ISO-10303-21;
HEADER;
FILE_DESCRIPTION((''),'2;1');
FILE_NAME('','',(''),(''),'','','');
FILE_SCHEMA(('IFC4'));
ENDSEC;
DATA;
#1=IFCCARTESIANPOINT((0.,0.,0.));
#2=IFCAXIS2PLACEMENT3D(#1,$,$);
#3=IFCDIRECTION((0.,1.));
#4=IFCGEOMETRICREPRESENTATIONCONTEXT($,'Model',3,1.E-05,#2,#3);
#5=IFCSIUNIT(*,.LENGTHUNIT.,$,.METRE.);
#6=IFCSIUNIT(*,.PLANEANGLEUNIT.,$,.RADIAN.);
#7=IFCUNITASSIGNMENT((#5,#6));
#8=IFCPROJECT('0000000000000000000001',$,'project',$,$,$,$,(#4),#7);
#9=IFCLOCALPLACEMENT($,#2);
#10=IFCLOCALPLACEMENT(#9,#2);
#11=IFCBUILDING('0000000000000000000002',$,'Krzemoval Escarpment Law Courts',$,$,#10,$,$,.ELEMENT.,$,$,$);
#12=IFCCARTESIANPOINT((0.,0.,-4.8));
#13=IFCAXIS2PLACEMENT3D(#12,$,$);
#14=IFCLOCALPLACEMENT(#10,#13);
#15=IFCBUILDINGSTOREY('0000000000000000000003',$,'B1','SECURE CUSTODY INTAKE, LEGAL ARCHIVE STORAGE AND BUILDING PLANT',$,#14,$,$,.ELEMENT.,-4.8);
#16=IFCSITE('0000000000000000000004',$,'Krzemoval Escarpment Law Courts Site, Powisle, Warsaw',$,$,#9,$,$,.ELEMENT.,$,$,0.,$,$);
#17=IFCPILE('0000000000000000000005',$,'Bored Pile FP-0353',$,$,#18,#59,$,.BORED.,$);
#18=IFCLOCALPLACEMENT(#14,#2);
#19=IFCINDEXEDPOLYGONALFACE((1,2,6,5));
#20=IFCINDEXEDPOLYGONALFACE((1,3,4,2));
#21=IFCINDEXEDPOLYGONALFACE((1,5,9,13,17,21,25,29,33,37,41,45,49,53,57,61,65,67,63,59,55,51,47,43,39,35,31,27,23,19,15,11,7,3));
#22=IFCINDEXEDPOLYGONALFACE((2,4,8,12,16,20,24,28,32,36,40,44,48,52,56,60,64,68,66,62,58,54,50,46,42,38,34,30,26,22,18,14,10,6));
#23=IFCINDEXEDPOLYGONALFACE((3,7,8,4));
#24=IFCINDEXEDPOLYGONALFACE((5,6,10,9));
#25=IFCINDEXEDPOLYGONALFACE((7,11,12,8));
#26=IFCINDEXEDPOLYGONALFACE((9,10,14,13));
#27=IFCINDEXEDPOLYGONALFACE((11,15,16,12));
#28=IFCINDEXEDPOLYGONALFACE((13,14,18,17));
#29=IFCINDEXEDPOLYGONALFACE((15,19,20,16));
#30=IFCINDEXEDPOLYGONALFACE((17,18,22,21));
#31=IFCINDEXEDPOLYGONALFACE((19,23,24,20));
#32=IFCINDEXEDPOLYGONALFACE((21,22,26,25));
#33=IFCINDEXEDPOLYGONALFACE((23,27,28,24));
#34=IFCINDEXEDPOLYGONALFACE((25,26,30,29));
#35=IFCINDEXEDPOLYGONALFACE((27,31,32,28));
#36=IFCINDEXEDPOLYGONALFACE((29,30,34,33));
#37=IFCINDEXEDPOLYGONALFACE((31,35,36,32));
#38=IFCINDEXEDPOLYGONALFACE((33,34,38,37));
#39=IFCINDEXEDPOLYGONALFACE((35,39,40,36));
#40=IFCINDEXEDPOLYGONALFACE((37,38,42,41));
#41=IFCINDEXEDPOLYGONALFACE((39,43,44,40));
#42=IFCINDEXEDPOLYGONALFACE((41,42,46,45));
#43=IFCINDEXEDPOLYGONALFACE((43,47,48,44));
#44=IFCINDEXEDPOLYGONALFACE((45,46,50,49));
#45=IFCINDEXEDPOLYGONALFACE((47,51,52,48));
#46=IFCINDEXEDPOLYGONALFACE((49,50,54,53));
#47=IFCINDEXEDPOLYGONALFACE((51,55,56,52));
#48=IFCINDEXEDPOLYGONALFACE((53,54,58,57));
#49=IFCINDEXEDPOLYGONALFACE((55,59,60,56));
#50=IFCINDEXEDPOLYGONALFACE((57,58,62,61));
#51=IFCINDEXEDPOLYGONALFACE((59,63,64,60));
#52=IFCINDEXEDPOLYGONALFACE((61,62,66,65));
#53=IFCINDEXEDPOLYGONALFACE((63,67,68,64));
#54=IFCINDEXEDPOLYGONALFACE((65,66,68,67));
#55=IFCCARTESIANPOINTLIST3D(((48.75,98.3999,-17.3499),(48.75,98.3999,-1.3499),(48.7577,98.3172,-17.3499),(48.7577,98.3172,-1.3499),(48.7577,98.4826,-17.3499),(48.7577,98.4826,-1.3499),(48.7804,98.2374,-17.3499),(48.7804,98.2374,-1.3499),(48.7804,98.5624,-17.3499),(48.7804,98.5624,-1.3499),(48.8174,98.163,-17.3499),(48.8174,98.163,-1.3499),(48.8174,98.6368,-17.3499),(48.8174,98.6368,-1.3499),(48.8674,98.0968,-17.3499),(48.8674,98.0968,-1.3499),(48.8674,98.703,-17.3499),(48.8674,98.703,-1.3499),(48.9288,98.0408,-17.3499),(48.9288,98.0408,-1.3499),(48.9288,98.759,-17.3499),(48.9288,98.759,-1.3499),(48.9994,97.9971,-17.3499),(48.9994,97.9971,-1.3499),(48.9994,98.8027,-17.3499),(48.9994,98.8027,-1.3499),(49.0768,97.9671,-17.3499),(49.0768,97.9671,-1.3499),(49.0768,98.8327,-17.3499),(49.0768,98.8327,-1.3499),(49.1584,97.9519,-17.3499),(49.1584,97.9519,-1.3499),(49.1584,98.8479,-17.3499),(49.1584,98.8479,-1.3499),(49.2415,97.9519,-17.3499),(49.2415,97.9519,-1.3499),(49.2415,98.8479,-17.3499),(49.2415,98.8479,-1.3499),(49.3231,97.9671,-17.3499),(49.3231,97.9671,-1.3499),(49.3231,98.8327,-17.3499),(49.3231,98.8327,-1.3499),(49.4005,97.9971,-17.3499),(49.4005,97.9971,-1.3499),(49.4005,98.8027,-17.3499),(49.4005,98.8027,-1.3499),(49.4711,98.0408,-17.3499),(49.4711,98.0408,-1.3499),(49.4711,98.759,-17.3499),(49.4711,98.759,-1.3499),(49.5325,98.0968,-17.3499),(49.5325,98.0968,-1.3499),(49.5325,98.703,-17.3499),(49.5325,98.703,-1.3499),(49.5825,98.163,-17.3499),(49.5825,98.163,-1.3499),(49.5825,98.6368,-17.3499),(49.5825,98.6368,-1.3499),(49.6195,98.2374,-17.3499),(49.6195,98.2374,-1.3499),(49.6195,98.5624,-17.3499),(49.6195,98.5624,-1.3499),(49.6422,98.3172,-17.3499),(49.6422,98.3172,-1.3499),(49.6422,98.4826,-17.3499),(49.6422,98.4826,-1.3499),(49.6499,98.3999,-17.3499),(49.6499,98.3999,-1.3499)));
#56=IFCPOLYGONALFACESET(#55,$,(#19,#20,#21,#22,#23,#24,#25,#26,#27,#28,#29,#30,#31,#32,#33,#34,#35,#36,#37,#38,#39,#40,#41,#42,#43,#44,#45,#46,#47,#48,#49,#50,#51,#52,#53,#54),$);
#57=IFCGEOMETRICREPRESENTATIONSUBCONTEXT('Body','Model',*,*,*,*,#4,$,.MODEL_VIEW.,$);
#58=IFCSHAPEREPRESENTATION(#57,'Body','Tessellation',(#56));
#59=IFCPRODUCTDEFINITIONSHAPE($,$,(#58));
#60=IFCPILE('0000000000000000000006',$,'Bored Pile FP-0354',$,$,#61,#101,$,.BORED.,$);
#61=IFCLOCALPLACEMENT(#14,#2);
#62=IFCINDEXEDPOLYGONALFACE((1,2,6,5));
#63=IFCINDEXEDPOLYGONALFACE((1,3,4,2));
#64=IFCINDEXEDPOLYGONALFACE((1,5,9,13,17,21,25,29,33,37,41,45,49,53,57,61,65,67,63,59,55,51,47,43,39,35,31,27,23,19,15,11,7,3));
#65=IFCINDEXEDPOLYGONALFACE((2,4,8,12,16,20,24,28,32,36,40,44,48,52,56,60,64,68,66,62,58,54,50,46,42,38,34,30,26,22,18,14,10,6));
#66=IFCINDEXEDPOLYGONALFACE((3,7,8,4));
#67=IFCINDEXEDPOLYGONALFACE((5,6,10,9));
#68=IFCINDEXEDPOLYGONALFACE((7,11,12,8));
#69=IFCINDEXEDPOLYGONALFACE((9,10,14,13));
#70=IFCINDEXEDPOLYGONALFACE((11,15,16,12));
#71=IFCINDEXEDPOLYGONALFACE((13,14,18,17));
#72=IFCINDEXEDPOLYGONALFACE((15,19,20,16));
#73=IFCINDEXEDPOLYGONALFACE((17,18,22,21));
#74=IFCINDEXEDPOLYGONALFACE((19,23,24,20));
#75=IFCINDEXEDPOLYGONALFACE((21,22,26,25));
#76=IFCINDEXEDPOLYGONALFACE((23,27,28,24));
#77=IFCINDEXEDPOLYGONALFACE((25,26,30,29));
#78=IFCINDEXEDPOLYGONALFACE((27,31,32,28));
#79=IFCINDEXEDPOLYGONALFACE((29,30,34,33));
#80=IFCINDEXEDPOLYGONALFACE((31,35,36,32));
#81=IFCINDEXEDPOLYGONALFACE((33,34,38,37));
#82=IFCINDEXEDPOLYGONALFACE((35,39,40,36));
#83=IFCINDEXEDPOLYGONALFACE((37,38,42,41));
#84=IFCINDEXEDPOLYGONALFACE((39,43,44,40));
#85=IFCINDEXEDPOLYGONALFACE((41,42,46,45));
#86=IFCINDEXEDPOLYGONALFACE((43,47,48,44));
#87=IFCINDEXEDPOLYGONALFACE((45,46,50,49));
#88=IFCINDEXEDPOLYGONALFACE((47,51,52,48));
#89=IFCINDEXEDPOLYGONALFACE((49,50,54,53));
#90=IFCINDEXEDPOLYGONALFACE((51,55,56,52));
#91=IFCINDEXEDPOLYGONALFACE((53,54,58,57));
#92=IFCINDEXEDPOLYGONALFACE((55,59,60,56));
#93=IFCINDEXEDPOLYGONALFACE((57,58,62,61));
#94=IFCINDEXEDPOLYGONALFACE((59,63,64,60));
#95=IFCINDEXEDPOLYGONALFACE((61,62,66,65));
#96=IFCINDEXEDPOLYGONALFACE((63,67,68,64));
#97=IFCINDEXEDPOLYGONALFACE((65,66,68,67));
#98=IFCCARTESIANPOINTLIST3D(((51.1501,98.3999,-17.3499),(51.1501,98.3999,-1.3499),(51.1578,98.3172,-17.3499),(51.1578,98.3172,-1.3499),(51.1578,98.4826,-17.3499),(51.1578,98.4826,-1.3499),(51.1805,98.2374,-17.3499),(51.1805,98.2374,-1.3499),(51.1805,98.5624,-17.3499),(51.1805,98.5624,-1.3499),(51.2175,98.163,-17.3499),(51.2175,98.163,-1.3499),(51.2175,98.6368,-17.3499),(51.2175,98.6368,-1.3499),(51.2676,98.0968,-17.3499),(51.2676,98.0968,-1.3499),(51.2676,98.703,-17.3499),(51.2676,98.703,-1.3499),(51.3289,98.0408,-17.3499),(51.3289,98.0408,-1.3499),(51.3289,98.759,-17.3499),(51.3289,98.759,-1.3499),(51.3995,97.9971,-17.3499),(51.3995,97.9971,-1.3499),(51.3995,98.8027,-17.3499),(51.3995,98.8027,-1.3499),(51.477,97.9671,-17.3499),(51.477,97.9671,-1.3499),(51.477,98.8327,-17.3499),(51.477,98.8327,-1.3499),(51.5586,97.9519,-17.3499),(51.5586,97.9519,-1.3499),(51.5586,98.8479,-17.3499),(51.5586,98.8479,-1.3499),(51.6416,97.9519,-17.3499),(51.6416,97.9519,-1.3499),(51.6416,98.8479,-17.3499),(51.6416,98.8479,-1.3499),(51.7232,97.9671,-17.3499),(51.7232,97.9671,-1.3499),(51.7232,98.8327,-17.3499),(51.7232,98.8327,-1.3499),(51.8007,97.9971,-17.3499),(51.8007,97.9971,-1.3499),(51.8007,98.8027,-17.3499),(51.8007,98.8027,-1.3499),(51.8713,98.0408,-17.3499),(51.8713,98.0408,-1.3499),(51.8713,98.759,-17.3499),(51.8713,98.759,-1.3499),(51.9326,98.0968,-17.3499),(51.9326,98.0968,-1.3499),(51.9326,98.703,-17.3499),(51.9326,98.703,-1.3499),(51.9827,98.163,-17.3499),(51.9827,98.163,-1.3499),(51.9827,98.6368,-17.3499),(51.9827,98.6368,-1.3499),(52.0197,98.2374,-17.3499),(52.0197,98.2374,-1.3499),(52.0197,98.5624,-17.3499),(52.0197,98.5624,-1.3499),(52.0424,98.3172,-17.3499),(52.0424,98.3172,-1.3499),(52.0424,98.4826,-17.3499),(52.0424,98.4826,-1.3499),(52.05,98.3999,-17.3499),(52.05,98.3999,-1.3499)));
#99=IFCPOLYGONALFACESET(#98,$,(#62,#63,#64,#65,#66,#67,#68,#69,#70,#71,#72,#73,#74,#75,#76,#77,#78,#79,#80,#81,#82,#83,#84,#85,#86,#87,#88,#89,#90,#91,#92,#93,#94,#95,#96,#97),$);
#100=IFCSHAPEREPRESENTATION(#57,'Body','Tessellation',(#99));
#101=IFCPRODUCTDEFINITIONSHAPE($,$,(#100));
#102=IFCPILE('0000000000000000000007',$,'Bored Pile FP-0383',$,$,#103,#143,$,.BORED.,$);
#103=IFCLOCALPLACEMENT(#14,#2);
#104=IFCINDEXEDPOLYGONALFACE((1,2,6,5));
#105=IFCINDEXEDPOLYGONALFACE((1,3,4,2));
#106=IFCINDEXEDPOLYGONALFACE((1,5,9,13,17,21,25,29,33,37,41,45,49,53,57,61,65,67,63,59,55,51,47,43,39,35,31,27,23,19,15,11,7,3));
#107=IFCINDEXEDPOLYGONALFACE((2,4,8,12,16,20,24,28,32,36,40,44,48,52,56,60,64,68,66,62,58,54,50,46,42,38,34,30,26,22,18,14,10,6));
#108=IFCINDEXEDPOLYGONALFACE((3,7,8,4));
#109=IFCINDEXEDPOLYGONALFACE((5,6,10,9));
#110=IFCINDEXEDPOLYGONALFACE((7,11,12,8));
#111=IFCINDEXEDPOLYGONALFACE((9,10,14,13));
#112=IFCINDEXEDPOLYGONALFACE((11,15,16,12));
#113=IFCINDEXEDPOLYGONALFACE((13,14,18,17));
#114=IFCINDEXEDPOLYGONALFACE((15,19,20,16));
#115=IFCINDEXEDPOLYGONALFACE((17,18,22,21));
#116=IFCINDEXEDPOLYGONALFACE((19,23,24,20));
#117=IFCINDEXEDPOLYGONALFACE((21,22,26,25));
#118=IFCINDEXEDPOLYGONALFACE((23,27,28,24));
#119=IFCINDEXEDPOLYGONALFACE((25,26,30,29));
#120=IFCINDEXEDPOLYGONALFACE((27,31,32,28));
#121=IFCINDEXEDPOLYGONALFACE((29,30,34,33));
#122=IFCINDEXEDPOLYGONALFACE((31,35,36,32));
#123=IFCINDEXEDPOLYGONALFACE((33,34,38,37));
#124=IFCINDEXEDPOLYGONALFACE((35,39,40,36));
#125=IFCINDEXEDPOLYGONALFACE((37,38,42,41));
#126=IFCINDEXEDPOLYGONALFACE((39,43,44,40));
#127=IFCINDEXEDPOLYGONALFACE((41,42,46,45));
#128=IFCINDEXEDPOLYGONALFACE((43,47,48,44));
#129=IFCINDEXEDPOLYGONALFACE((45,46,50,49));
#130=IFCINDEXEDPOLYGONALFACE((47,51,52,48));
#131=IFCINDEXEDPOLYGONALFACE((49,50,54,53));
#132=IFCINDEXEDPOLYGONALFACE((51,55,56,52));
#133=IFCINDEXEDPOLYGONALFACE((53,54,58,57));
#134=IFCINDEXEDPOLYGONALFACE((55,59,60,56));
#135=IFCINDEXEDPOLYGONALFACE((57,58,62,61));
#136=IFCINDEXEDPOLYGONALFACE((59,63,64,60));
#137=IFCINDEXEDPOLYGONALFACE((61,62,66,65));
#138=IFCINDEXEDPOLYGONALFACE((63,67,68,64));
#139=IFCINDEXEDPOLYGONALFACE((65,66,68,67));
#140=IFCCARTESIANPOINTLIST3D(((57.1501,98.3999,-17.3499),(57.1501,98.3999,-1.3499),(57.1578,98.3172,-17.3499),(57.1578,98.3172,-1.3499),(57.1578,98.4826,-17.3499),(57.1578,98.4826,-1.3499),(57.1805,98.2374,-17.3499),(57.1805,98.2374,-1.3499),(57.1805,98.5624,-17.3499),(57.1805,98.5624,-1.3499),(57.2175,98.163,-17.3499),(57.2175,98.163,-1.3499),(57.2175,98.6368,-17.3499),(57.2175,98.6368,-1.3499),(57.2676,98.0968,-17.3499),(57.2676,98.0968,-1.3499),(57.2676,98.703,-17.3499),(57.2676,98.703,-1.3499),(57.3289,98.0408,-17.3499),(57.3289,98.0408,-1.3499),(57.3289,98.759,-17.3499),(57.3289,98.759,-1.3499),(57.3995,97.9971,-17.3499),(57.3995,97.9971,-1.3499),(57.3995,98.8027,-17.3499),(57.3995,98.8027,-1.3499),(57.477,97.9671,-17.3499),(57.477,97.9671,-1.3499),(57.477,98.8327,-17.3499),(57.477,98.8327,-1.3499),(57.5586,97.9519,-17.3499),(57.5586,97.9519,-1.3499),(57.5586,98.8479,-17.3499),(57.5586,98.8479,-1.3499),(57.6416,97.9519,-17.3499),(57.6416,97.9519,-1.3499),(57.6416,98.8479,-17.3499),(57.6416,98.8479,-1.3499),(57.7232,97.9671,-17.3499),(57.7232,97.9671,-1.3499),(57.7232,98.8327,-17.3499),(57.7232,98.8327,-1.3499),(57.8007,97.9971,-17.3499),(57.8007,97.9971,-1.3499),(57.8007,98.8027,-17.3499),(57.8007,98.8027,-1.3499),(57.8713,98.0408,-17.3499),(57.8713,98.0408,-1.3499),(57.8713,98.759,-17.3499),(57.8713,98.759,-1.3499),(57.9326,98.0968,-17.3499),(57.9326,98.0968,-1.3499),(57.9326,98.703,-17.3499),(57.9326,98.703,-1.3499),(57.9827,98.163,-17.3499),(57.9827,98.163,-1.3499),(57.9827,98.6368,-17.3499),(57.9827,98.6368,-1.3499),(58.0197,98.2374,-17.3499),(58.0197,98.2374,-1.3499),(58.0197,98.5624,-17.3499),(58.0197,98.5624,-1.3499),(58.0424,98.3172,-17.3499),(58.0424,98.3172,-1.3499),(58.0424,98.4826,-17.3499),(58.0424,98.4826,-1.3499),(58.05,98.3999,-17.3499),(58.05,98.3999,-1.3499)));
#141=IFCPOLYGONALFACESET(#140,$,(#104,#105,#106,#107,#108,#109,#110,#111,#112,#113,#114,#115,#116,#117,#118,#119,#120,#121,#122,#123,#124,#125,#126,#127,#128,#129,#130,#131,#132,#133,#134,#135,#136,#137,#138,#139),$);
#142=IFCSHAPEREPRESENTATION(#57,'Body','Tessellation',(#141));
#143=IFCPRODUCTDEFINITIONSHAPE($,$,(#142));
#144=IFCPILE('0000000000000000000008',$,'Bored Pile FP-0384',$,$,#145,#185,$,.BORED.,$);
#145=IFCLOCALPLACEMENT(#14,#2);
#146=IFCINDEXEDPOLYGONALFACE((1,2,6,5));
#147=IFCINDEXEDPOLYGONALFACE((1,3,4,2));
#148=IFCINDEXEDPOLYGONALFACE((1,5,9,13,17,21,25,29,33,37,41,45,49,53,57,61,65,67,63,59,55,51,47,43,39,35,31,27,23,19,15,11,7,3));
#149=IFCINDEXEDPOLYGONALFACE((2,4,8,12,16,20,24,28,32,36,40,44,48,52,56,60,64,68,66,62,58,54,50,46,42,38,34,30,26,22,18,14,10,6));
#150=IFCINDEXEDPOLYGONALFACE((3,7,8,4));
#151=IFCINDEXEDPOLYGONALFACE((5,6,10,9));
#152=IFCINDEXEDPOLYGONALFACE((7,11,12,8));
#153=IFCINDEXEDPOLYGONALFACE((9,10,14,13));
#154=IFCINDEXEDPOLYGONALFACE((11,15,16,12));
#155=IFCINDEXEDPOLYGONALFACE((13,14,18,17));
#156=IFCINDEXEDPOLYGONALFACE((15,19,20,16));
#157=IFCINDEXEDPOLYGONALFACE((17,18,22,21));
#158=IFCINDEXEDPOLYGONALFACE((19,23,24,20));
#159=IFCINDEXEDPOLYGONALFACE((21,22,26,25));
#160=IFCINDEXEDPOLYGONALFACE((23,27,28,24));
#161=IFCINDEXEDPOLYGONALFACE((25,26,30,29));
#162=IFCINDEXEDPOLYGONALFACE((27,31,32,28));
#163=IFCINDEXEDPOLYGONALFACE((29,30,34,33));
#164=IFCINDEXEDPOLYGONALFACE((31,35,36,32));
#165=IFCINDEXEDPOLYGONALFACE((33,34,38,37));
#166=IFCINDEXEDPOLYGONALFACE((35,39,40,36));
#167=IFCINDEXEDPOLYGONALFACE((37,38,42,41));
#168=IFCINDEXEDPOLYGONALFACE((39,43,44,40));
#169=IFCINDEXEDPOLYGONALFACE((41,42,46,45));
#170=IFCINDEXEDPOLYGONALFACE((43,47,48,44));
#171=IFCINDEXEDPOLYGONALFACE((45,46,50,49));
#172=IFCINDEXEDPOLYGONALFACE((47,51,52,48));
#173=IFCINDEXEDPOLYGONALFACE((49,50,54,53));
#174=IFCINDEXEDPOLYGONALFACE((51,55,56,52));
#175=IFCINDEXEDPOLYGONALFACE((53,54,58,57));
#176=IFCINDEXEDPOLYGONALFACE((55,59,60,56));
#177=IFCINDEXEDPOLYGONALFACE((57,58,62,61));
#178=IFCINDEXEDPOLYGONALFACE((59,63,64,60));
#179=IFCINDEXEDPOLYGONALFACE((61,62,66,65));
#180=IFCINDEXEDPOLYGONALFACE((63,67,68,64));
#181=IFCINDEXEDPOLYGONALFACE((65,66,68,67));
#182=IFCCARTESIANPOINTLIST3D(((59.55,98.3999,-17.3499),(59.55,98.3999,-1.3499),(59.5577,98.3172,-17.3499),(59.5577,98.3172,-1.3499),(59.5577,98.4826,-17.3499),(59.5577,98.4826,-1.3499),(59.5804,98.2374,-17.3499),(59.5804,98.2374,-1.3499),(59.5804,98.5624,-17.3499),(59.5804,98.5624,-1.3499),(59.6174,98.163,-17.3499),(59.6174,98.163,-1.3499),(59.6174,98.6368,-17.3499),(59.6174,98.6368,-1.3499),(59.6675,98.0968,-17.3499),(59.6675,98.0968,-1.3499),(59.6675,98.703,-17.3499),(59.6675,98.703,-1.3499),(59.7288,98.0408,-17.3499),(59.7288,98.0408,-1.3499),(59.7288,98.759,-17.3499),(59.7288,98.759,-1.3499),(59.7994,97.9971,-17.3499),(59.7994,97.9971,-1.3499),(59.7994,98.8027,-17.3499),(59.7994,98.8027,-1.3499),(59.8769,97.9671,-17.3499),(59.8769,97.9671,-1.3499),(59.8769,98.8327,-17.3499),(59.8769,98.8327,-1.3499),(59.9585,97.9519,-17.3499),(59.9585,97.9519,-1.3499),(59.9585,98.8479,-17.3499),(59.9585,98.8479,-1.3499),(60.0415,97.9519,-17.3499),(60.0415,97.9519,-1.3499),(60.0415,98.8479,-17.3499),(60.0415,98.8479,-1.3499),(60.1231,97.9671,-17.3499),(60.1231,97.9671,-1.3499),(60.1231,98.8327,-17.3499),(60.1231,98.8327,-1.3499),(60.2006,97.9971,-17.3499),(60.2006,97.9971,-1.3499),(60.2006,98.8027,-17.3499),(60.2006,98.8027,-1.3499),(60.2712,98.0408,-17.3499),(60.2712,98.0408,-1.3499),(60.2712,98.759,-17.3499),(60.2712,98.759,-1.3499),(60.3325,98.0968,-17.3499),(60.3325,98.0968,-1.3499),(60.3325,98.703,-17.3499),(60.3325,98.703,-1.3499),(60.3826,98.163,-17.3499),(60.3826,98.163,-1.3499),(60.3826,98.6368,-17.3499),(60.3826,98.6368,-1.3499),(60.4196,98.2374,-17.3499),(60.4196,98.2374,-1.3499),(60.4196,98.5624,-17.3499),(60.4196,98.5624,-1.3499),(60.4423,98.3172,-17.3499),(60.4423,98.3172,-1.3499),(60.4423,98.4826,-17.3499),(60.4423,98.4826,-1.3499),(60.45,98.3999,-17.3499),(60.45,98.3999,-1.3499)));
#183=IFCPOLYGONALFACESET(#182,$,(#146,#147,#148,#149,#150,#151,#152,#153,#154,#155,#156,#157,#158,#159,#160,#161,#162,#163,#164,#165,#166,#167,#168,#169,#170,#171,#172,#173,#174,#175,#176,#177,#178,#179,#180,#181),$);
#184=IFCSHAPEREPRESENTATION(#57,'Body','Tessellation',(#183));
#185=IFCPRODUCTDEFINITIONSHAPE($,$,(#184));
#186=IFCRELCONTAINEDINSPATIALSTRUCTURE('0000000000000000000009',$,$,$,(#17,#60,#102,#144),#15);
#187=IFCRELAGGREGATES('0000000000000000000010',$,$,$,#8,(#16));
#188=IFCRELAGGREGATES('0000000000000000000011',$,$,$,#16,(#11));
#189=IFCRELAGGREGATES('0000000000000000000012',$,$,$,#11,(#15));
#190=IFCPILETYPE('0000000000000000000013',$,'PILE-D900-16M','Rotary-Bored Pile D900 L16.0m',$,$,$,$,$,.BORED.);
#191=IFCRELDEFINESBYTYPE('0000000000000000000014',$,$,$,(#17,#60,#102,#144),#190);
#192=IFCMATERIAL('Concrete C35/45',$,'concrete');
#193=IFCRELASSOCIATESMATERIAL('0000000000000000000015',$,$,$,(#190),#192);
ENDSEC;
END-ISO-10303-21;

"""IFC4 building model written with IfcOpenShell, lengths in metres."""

from ifc_helpers import new_model, si_unit, direction, frame, origin, origin_2d, place, context, subcontext, project, spatial, circle, extrude, material, material_profile, profile_set, type_object, element, save


model = new_model("IFC4")

# Units and contexts
model_context = context("Model", 3, precision=1e-05, world=origin(), true_north=direction((0.0, 1.0)))
body_context = subcontext(model_context, "Body", "Model", "MODEL_VIEW")
ifc_project = project(units=[si_unit("LENGTHUNIT", "METRE"), si_unit("PLANEANGLEUNIT", "RADIAN")], contexts=[model_context])

# Site, building, storey
site_placement = place(None, origin())
site = spatial("IfcSite", under=ifc_project, at=site_placement, Name="Krzemoval Escarpment Law Courts Site, Powisle, Warsaw", CompositionType="ELEMENT", RefElevation=0.0)
building_placement = place(site_placement, origin())
building = spatial("IfcBuilding", under=site, at=building_placement, Name="Krzemoval Escarpment Law Courts", CompositionType="ELEMENT")
storey_placement = place(building_placement, frame((0.0, 0.0, -4.8)))
storey = spatial("IfcBuildingStorey", under=building, at=storey_placement, Name="B1", Description="SECURE CUSTODY INTAKE, LEGAL ARCHIVE STORAGE AND BUILDING PLANT", CompositionType="ELEMENT", Elevation=-4.8)

# Piles
ifc_material_1 = material(Name="Concrete C35/45", Category="concrete")
ifc_material_profile_1 = material_profile(ifc_material_1, circle(Radius=0.45, at=origin_2d()), Name="PILE D900")
ifc_profile_set_1 = profile_set([ifc_material_profile_1], Name="Concrete C35/45")
pile_type = type_object("IfcPileType", Name="PILE-D900-16M", Description="Rotary-Bored Pile D900 L16.0m", PredefinedType="BORED", material=ifc_profile_set_1)
for number, where, z_axis, x_axis, name in (
    (1, (49.2, 98.3999, -1.3499), (0.0, 0.0, -1.0), (1.0, 0.0, 0.0), "Bored Pile FP-0353"),
    (2, (51.6001, 98.3999, -1.3499), (0.0, 0.0, -1.0), (1.0, 0.0, 0.0), "Bored Pile FP-0354"),
    (3, (57.6001, 98.3999, -1.3499), (0.0, 0.0, -1.0), (1.0, 0.0, 0.0), "Bored Pile FP-0383"),
    (4, (60.0, 98.3999, -1.3499), (0.0, 0.0, -1.0), (1.0, 0.0, 0.0), "Bored Pile FP-0384"),
):
    element("IfcPile", number, at=place(storey_placement, frame(where, z_axis=z_axis, x_axis=x_axis)), inside=storey, type_object=pile_type, Name=name, PredefinedType="BORED", context=body_context, shape_type="SweptSolid", body=[
        extrude(circle(Radius=0.45, at=origin_2d()), origin(), (0.0, 0.0, 1.0), 16.0),
    ])

save(model, "model.ifc")
